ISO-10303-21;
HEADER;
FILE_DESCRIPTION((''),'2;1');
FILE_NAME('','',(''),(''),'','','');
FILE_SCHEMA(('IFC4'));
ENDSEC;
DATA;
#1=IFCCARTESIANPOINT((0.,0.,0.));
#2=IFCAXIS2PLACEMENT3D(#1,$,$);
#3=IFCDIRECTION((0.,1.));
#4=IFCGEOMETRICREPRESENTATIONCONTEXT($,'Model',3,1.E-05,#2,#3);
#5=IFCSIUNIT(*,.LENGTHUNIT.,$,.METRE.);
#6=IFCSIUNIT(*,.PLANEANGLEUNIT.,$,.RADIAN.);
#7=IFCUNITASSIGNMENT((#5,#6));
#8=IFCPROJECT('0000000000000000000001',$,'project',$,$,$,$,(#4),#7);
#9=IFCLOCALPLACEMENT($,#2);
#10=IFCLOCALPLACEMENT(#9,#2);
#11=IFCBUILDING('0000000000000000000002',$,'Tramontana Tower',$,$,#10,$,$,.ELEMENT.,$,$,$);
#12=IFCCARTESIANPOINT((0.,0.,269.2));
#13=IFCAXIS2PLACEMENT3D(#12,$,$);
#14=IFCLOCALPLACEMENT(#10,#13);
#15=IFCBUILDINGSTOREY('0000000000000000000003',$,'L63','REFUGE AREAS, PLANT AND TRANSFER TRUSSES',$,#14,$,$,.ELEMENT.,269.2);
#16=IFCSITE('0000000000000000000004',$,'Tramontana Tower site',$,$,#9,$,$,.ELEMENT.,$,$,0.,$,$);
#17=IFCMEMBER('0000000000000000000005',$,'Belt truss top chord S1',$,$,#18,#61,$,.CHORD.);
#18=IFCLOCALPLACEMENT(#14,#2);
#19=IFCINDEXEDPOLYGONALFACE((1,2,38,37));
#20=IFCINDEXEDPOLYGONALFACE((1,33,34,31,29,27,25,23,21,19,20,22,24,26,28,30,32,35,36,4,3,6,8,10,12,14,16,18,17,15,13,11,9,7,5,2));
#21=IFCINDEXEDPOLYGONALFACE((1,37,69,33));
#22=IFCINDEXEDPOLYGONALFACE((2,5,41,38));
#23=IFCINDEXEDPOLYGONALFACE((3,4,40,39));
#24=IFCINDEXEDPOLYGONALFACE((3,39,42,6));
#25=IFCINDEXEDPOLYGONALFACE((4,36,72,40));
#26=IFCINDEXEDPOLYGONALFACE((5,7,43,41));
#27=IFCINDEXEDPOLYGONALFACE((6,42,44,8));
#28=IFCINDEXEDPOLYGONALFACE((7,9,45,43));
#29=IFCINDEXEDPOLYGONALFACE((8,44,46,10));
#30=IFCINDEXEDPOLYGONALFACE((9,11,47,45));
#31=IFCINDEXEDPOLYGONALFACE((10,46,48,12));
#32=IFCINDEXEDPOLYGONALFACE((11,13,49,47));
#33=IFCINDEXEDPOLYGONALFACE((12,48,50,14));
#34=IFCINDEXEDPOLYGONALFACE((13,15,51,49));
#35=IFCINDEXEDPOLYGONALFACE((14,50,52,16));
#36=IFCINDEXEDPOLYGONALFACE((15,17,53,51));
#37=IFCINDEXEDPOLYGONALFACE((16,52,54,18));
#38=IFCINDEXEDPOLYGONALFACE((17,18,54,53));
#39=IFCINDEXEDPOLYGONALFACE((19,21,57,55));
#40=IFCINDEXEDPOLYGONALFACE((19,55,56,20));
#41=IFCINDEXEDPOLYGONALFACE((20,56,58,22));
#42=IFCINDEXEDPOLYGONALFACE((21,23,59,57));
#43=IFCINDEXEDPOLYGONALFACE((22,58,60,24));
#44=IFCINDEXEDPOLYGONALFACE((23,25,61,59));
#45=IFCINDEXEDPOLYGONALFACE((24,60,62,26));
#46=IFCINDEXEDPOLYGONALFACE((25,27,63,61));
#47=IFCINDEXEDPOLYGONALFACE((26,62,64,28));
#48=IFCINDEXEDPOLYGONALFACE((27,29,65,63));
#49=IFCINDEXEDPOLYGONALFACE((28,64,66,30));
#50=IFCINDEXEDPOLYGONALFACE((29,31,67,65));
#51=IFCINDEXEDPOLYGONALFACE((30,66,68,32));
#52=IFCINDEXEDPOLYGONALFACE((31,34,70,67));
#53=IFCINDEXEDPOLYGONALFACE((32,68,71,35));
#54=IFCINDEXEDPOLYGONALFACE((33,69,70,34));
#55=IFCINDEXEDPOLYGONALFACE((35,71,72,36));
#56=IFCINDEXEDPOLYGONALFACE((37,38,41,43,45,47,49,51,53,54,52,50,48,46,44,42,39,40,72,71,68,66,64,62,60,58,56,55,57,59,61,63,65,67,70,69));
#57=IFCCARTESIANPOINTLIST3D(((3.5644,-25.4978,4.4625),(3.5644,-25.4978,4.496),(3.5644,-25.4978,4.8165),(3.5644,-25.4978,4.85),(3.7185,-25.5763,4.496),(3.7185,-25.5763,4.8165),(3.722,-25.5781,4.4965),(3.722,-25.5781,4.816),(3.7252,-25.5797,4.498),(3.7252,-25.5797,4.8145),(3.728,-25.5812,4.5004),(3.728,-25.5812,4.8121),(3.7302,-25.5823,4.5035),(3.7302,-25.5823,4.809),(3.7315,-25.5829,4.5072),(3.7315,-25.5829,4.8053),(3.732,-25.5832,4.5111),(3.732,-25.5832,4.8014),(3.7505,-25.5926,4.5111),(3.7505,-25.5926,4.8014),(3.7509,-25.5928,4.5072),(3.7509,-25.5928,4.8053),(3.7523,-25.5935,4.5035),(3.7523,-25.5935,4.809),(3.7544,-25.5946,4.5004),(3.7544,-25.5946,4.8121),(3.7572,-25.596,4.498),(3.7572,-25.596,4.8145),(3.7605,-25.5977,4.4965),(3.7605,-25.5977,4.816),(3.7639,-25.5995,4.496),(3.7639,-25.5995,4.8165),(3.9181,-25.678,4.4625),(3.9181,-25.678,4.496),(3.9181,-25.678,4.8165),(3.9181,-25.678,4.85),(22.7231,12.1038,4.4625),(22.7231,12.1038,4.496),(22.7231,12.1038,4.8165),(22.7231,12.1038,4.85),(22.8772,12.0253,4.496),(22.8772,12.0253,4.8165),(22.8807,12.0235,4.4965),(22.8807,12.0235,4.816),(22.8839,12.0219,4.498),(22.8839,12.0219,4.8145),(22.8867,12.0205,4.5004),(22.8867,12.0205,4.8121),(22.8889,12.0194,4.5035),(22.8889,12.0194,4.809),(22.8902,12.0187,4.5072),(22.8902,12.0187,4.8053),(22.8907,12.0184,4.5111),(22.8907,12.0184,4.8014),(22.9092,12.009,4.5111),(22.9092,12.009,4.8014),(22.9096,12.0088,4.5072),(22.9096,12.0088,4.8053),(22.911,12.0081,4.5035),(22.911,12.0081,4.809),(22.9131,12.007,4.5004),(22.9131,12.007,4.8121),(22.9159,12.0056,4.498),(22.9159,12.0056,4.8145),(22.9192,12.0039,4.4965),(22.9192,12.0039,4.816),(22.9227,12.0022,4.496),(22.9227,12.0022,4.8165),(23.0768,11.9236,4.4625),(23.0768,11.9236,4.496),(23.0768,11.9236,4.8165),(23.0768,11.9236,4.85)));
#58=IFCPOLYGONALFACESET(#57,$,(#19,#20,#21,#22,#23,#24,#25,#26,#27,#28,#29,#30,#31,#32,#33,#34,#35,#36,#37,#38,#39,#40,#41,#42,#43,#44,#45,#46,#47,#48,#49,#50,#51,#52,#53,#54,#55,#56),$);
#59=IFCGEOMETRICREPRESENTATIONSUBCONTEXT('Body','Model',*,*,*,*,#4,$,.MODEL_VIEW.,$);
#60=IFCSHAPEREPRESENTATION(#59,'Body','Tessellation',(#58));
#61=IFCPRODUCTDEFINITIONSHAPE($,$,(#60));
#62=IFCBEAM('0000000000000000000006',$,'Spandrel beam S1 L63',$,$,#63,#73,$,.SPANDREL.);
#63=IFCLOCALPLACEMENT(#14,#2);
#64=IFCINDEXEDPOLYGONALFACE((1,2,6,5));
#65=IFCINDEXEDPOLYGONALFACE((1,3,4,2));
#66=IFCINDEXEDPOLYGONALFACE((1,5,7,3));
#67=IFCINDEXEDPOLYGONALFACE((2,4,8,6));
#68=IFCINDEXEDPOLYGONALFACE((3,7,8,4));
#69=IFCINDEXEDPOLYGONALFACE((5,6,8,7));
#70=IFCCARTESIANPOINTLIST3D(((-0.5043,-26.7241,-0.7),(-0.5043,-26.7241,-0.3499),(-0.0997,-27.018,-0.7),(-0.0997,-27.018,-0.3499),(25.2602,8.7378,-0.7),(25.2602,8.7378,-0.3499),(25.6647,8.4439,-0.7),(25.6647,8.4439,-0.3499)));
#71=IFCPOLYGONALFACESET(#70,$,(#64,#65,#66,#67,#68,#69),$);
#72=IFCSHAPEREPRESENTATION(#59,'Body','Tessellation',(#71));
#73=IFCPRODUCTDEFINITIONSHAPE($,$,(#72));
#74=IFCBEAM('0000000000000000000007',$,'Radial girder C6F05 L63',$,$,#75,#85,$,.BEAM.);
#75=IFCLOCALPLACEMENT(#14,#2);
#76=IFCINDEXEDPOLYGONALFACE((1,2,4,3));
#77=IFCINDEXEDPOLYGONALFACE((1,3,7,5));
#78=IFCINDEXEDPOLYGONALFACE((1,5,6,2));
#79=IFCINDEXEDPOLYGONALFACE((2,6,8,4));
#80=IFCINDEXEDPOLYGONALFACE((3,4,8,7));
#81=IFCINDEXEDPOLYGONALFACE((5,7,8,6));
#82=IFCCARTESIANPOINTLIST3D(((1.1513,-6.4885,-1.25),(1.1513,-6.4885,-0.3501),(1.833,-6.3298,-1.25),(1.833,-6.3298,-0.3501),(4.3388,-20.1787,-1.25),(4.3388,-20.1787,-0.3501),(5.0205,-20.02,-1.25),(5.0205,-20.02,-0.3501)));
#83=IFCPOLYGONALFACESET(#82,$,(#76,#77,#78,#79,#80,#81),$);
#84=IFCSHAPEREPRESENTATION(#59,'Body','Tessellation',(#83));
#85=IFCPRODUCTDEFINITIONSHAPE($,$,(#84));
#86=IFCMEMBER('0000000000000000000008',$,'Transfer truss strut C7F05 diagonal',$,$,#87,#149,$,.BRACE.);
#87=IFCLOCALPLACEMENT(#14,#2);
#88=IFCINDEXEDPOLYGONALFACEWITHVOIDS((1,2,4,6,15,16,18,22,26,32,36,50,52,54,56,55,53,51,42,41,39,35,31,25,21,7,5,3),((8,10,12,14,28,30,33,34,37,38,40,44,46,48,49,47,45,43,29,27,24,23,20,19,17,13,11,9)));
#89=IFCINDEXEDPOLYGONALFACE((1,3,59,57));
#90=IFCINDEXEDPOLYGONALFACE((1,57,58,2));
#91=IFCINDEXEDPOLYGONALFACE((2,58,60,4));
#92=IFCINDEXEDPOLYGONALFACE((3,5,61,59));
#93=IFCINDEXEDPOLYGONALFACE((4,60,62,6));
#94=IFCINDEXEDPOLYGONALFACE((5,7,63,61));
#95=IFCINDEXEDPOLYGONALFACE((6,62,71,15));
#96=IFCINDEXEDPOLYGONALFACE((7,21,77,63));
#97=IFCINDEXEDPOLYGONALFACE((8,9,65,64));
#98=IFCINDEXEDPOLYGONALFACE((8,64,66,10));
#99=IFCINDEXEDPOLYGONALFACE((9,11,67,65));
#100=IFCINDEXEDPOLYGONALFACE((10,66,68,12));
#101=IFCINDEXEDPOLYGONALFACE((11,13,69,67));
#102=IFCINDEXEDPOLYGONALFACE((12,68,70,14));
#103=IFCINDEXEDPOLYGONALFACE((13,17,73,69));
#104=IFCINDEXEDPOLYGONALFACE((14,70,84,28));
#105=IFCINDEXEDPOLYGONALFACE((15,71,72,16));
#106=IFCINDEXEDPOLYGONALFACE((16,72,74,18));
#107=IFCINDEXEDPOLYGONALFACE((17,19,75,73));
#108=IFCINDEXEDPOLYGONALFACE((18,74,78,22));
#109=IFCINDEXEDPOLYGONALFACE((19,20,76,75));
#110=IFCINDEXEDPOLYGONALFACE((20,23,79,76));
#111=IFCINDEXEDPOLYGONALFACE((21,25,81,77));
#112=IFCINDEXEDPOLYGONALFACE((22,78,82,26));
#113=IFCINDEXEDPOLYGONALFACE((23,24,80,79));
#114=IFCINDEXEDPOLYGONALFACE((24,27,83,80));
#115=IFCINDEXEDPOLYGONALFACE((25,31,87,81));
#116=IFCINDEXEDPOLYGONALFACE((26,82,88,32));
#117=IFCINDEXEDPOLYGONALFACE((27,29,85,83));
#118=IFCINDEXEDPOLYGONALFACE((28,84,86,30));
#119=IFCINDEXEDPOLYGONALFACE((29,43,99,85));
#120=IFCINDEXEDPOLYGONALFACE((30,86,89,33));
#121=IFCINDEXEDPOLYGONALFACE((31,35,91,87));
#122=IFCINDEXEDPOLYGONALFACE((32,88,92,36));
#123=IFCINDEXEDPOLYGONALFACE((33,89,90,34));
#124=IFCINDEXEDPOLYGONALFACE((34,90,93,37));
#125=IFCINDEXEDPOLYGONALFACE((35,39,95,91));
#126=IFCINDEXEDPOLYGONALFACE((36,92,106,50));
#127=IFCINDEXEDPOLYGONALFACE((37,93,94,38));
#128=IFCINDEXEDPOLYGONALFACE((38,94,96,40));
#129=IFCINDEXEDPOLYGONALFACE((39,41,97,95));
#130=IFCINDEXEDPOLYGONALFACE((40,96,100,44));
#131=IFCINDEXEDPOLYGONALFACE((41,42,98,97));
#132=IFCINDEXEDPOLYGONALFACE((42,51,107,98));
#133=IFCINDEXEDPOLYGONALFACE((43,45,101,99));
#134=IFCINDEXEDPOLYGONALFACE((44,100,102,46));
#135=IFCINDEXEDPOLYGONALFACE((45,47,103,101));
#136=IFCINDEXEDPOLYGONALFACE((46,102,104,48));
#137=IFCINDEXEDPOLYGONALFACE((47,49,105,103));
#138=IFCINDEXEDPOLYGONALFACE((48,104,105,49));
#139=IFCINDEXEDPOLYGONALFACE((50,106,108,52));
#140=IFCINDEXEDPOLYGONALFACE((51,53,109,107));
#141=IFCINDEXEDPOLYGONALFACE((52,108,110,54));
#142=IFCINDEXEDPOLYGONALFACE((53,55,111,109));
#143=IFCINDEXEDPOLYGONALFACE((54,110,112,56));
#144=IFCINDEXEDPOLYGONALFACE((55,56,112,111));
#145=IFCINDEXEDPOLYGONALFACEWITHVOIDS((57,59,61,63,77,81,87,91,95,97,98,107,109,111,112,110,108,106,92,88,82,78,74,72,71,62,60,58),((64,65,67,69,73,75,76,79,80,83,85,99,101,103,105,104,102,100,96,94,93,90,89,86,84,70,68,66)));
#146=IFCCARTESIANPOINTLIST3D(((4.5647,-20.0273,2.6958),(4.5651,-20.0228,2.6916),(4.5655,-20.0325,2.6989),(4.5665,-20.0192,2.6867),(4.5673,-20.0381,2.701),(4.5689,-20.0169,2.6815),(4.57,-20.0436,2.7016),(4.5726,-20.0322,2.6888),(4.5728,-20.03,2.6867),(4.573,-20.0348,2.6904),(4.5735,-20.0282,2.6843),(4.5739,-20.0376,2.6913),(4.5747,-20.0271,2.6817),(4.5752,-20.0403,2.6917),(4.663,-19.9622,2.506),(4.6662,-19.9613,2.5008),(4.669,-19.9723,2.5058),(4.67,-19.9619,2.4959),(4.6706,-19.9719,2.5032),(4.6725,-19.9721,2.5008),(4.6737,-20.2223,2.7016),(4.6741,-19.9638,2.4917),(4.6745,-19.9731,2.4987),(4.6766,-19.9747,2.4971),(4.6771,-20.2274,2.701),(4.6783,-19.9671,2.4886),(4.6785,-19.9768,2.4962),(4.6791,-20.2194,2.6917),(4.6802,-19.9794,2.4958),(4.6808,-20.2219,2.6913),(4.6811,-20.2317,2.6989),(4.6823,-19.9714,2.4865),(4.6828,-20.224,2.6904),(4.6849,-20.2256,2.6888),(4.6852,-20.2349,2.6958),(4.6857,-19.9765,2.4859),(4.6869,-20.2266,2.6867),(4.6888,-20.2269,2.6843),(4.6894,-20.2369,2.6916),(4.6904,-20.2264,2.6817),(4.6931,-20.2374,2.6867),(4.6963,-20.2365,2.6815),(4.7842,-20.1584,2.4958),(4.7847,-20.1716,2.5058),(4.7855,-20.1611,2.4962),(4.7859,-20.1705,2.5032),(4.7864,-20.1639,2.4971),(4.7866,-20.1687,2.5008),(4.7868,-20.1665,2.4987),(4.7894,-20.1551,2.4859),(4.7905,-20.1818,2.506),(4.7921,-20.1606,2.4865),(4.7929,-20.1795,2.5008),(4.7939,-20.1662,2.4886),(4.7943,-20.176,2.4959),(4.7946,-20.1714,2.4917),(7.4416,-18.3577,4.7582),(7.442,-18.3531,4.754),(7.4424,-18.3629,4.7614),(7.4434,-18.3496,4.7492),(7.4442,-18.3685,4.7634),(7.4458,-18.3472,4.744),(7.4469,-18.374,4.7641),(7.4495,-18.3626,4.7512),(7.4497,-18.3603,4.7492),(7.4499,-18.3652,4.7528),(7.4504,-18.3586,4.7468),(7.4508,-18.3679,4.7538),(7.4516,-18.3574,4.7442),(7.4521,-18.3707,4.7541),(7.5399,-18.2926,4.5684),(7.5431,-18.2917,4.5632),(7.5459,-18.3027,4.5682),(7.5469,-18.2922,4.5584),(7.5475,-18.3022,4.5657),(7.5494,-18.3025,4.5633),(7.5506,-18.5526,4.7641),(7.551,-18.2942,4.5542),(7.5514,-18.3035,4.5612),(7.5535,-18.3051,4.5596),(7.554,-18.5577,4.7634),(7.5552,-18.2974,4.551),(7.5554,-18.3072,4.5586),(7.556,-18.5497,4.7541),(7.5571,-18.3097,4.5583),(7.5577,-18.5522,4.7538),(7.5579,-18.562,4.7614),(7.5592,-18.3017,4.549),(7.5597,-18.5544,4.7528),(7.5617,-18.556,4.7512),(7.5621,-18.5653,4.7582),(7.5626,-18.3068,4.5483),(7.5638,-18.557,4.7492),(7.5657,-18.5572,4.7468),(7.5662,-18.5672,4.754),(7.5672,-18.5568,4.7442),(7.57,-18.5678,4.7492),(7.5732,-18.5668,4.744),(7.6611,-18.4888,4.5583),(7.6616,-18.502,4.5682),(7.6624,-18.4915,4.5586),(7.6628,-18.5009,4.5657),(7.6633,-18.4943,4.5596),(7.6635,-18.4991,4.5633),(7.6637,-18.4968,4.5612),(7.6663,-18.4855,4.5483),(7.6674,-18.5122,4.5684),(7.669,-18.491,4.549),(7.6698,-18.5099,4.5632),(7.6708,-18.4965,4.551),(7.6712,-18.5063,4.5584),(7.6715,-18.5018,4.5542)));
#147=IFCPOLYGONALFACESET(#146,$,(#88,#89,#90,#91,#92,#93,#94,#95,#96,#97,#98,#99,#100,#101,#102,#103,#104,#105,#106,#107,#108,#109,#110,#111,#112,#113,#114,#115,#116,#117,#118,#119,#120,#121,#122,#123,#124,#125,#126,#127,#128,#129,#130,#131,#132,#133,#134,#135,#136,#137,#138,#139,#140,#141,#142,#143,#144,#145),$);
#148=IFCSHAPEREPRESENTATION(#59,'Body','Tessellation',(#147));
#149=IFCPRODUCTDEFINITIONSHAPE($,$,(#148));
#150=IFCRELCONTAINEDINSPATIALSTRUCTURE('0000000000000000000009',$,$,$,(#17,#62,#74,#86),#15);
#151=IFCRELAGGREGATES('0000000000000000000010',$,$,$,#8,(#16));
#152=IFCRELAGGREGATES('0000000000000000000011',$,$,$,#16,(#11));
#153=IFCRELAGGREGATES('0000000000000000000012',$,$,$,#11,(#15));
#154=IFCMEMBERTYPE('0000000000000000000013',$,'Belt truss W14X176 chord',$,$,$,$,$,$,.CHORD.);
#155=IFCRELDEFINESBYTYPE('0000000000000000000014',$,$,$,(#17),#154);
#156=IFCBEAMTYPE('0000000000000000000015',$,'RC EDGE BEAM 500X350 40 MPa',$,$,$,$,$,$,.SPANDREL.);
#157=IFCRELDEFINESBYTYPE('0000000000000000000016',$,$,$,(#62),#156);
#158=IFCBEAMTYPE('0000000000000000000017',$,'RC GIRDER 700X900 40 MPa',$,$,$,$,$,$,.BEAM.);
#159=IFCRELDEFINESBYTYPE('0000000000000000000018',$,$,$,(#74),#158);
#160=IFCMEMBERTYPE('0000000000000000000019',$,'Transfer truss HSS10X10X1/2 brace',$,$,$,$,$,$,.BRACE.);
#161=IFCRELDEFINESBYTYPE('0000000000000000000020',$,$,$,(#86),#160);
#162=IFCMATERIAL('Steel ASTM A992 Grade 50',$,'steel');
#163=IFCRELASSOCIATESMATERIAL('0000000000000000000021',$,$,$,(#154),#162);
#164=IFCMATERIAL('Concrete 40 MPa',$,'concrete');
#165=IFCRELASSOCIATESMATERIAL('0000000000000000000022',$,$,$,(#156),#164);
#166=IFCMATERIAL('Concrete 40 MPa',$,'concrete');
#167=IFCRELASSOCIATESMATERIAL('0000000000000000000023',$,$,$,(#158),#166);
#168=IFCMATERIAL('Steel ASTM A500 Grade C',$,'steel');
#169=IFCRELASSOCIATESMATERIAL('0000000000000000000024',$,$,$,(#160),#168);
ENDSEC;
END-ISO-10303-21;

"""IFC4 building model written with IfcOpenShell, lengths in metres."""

from ifc_helpers import new_model, si_unit, direction, frame, origin, origin_2d, place, context, subcontext, project, spatial, rectangle, hollow_rectangle, i_section, extrude, material, material_profile, profile_set, type_object, element, save


model = new_model("IFC4")

# Units and contexts
model_context = context("Model", 3, precision=1e-05, world=origin(), true_north=direction((0.0, 1.0)))
body_context = subcontext(model_context, "Body", "Model", "MODEL_VIEW")
ifc_project = project(units=[si_unit("LENGTHUNIT", "METRE"), si_unit("PLANEANGLEUNIT", "RADIAN")], contexts=[model_context])

# Site, building, storey
site_placement = place(None, origin())
site = spatial("IfcSite", under=ifc_project, at=site_placement, Name="Tramontana Tower site", CompositionType="ELEMENT", RefElevation=0.0)
building_placement = place(site_placement, origin())
building = spatial("IfcBuilding", under=site, at=building_placement, Name="Tramontana Tower", CompositionType="ELEMENT")
storey_placement = place(building_placement, frame((0.0, 0.0, 269.2)))
storey = spatial("IfcBuildingStorey", under=building, at=storey_placement, Name="L63", Description="REFUGE AREAS, PLANT AND TRANSFER TRUSSES", CompositionType="ELEMENT", Elevation=269.2)

# Member
ifc_material_1 = material(Name="Steel ASTM A992 Grade 50", Category="steel")
ifc_material_profile_1 = material_profile(ifc_material_1, i_section(OverallWidth=0.397, OverallDepth=0.3875, WebThickness=0.0208, FlangeThickness=0.0334, FilletRadius=0.0151, at=origin_2d()), Name="W14X176")
ifc_profile_set_1 = profile_set([ifc_material_profile_1], Name="Steel ASTM A992 Grade 50")
member_type_1 = type_object("IfcMemberType", Name="Belt truss W14X176 chord", PredefinedType="CHORD", material=ifc_profile_set_1)
for number, where, z_axis, x_axis, name in (
    (1, (3.7412, -25.5879, 4.6562), (0.453986, 0.891009, 0.0), (-0.891009, 0.453986, 0.0), "Belt truss top chord S1"),
):
    element("IfcMember", number, at=place(storey_placement, frame(where, z_axis=z_axis, x_axis=x_axis)), inside=storey, type_object=member_type_1, Name=name, PredefinedType="CHORD", context=body_context, shape_type="SweptSolid", body=[
        extrude(i_section(OverallWidth=0.397, OverallDepth=0.3875, WebThickness=0.0208, FlangeThickness=0.0334, FilletRadius=0.0151, at=origin_2d()), origin(), (0.0, 0.0, 1.0), 42.2012),
    ])

# Beams
ifc_material_2 = material(Name="Concrete 40 MPa", Category="concrete")
ifc_material_profile_2 = material_profile(ifc_material_2, rectangle(XDim=0.5, YDim=0.3501, at=origin_2d()), Name="RC EDGE BEAM 500X350 40 MPa")
ifc_profile_set_2 = profile_set([ifc_material_profile_2], Name="Concrete 40 MPa")
beam_type_1 = type_object("IfcBeamType", Name="RC EDGE BEAM 500X350 40 MPa", PredefinedType="SPANDREL", material=ifc_profile_set_2)
beam_1_placement = place(storey_placement, frame((-0.302, -26.8711, -0.5249), z_axis=(0.587782, 0.809019, 0.0), x_axis=(-0.809019, 0.587782, 0.0)))
element("IfcBeam", 2, at=beam_1_placement, inside=storey, type_object=beam_type_1, Name="Spandrel beam S1 L63", PredefinedType="SPANDREL", context=body_context, shape_type="SweptSolid", body=[
    extrude(rectangle(XDim=0.5, YDim=0.3501, at=origin_2d()), origin(), (0.0, 0.0, 1.0), 43.8333),
])
ifc_material_3 = material(Name="Concrete 40 MPa", Category="concrete")
ifc_material_profile_3 = material_profile(ifc_material_3, rectangle(XDim=0.7, YDim=0.8999, at=origin_2d()), Name="RC GIRDER 700X900 40 MPa")
ifc_profile_set_3 = profile_set([ifc_material_profile_3], Name="Concrete 40 MPa")
beam_type_2 = type_object("IfcBeamType", Name="RC GIRDER 700X900 40 MPa", PredefinedType="BEAM", material=ifc_profile_set_3)
beam_2_placement = place(storey_placement, frame((4.6797, -20.0994, -0.8), z_axis=(-0.226766, 0.973949, 0.0), x_axis=(-0.973949, -0.226766, 0.0)))
element("IfcBeam", 3, at=beam_2_placement, inside=storey, type_object=beam_type_2, Name="Radial girder C6F05 L63", PredefinedType="BEAM", context=body_context, shape_type="SweptSolid", body=[
    extrude(rectangle(XDim=0.7, YDim=0.8999, at=origin_2d()), origin(), (0.0, 0.0, 1.0), 14.0564),
])

# Member
ifc_material_4 = material(Name="Steel ASTM A500 Grade C", Category="steel")
ifc_material_profile_4 = material_profile(ifc_material_4, hollow_rectangle(XDim=0.2539, YDim=0.2539, WallThickness=0.0117, InnerFilletRadius=0.0117, OuterFilletRadius=0.0237, at=origin_2d()), Name="HSS10X10X1/2")
ifc_profile_set_4 = profile_set([ifc_material_profile_4], Name="Steel ASTM A500 Grade C")
member_type_2 = type_object("IfcMemberType", Name="Transfer truss HSS10X10X1/2 brace", PredefinedType="BRACE", material=ifc_profile_set_4)
member_1_placement = place(storey_placement, frame((4.6797, -20.0994, 2.5938), z_axis=(0.735061, 0.426602, 0.526968), x_axis=(-0.501953, 0.864895, 0.0)))
element("IfcMember", 4, at=member_1_placement, inside=storey, type_object=member_type_2, Name="Transfer truss strut C7F05 diagonal", PredefinedType="BRACE", context=body_context, shape_type="SweptSolid", body=[
    extrude(hollow_rectangle(XDim=0.2539, YDim=0.2539, WallThickness=0.0117, InnerFilletRadius=0.0117, OuterFilletRadius=0.0237, at=origin_2d()), origin(), (0.0, 0.0, 1.0), 3.9138),
])

save(model, "model.ifc")
